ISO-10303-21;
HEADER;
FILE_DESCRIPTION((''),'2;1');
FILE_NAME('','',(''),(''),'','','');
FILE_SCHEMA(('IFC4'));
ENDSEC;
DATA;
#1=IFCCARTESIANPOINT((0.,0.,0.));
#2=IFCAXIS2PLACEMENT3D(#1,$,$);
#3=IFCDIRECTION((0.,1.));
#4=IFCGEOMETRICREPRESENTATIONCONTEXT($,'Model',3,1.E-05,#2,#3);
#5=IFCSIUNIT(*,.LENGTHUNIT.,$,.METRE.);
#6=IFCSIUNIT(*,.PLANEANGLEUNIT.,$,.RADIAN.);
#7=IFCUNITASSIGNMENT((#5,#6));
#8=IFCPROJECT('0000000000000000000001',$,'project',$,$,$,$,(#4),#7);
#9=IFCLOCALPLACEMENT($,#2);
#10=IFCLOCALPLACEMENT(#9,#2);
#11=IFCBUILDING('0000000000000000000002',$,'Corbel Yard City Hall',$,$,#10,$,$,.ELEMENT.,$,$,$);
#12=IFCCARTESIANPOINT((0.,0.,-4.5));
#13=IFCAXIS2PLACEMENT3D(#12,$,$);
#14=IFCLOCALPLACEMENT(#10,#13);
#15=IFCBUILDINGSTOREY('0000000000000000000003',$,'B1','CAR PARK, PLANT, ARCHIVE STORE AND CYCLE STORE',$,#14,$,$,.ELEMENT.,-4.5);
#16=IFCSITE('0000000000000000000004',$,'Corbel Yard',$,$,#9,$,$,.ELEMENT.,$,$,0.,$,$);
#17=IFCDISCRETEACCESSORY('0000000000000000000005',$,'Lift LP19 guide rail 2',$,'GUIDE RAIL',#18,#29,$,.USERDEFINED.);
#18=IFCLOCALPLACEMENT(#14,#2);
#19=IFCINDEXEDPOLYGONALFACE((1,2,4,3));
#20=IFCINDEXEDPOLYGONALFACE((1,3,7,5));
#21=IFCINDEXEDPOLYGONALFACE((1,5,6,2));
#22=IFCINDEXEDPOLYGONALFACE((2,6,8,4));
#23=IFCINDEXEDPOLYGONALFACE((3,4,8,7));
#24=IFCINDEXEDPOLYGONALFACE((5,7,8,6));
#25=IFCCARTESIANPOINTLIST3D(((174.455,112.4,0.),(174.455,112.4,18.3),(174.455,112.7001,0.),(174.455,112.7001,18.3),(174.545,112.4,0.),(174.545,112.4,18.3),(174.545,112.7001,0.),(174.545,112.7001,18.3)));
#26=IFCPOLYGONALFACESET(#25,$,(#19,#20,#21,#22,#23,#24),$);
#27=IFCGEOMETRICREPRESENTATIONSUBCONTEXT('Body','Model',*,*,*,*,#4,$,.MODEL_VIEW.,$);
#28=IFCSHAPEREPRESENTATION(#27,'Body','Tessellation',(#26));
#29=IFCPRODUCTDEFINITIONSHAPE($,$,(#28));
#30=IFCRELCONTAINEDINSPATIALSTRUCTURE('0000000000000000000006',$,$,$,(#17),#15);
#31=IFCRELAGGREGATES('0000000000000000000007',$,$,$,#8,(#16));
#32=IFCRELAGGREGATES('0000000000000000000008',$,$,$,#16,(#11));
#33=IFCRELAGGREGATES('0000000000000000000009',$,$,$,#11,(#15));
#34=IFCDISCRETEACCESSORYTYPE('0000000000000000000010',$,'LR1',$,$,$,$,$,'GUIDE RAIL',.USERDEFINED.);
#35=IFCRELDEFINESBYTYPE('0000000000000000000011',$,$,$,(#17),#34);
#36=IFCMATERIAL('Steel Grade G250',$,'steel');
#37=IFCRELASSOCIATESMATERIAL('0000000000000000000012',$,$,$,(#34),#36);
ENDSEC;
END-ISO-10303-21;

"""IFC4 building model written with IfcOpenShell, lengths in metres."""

from ifc_helpers import new_model, si_unit, direction, frame, origin, origin_2d, place, context, subcontext, project, spatial, rectangle, extrude, material, type_object, element, save


model = new_model("IFC4")

# Units and contexts
model_context = context("Model", 3, precision=1e-05, world=origin(), true_north=direction((0.0, 1.0)))
body_context = subcontext(model_context, "Body", "Model", "MODEL_VIEW")
ifc_project = project(units=[si_unit("LENGTHUNIT", "METRE"), si_unit("PLANEANGLEUNIT", "RADIAN")], contexts=[model_context])

# Site, building, storey
site_placement = place(None, origin())
site = spatial("IfcSite", under=ifc_project, at=site_placement, Name="Corbel Yard", CompositionType="ELEMENT", RefElevation=0.0)
building_placement = place(site_placement, origin())
building = spatial("IfcBuilding", under=site, at=building_placement, Name="Corbel Yard City Hall", CompositionType="ELEMENT")
storey_placement = place(building_placement, frame((0.0, 0.0, -4.5)))
storey = spatial("IfcBuildingStorey", under=building, at=storey_placement, Name="B1", Description="CAR PARK, PLANT, ARCHIVE STORE AND CYCLE STORE", CompositionType="ELEMENT", Elevation=-4.5)

# Shared definitions
ifc_material_1 = material(Name="Steel Grade G250", Category="steel")

# Discrete accessory
discrete_accessory_type_1 = type_object("IfcDiscreteAccessoryType", Name="LR1", ElementType="GUIDE RAIL", PredefinedType="USERDEFINED", material=ifc_material_1)
for number, where, z_axis, x_axis, name in (
    (1, (174.5, 112.55, 0.0), (0.0, 0.0, 1.0), (1.0, 0.0, 0.0), "Lift LP19 guide rail 2"),
):
    element("IfcDiscreteAccessory", number, at=place(storey_placement, frame(where, z_axis=z_axis, x_axis=x_axis)), inside=storey, type_object=discrete_accessory_type_1, Name=name, ObjectType="GUIDE RAIL", PredefinedType="USERDEFINED", context=body_context, shape_type="SweptSolid", body=[
        extrude(rectangle(XDim=0.0901, YDim=0.3, at=origin_2d()), origin(), (0.0, 0.0, 1.0), 18.3),
    ])

save(model, "model.ifc")
